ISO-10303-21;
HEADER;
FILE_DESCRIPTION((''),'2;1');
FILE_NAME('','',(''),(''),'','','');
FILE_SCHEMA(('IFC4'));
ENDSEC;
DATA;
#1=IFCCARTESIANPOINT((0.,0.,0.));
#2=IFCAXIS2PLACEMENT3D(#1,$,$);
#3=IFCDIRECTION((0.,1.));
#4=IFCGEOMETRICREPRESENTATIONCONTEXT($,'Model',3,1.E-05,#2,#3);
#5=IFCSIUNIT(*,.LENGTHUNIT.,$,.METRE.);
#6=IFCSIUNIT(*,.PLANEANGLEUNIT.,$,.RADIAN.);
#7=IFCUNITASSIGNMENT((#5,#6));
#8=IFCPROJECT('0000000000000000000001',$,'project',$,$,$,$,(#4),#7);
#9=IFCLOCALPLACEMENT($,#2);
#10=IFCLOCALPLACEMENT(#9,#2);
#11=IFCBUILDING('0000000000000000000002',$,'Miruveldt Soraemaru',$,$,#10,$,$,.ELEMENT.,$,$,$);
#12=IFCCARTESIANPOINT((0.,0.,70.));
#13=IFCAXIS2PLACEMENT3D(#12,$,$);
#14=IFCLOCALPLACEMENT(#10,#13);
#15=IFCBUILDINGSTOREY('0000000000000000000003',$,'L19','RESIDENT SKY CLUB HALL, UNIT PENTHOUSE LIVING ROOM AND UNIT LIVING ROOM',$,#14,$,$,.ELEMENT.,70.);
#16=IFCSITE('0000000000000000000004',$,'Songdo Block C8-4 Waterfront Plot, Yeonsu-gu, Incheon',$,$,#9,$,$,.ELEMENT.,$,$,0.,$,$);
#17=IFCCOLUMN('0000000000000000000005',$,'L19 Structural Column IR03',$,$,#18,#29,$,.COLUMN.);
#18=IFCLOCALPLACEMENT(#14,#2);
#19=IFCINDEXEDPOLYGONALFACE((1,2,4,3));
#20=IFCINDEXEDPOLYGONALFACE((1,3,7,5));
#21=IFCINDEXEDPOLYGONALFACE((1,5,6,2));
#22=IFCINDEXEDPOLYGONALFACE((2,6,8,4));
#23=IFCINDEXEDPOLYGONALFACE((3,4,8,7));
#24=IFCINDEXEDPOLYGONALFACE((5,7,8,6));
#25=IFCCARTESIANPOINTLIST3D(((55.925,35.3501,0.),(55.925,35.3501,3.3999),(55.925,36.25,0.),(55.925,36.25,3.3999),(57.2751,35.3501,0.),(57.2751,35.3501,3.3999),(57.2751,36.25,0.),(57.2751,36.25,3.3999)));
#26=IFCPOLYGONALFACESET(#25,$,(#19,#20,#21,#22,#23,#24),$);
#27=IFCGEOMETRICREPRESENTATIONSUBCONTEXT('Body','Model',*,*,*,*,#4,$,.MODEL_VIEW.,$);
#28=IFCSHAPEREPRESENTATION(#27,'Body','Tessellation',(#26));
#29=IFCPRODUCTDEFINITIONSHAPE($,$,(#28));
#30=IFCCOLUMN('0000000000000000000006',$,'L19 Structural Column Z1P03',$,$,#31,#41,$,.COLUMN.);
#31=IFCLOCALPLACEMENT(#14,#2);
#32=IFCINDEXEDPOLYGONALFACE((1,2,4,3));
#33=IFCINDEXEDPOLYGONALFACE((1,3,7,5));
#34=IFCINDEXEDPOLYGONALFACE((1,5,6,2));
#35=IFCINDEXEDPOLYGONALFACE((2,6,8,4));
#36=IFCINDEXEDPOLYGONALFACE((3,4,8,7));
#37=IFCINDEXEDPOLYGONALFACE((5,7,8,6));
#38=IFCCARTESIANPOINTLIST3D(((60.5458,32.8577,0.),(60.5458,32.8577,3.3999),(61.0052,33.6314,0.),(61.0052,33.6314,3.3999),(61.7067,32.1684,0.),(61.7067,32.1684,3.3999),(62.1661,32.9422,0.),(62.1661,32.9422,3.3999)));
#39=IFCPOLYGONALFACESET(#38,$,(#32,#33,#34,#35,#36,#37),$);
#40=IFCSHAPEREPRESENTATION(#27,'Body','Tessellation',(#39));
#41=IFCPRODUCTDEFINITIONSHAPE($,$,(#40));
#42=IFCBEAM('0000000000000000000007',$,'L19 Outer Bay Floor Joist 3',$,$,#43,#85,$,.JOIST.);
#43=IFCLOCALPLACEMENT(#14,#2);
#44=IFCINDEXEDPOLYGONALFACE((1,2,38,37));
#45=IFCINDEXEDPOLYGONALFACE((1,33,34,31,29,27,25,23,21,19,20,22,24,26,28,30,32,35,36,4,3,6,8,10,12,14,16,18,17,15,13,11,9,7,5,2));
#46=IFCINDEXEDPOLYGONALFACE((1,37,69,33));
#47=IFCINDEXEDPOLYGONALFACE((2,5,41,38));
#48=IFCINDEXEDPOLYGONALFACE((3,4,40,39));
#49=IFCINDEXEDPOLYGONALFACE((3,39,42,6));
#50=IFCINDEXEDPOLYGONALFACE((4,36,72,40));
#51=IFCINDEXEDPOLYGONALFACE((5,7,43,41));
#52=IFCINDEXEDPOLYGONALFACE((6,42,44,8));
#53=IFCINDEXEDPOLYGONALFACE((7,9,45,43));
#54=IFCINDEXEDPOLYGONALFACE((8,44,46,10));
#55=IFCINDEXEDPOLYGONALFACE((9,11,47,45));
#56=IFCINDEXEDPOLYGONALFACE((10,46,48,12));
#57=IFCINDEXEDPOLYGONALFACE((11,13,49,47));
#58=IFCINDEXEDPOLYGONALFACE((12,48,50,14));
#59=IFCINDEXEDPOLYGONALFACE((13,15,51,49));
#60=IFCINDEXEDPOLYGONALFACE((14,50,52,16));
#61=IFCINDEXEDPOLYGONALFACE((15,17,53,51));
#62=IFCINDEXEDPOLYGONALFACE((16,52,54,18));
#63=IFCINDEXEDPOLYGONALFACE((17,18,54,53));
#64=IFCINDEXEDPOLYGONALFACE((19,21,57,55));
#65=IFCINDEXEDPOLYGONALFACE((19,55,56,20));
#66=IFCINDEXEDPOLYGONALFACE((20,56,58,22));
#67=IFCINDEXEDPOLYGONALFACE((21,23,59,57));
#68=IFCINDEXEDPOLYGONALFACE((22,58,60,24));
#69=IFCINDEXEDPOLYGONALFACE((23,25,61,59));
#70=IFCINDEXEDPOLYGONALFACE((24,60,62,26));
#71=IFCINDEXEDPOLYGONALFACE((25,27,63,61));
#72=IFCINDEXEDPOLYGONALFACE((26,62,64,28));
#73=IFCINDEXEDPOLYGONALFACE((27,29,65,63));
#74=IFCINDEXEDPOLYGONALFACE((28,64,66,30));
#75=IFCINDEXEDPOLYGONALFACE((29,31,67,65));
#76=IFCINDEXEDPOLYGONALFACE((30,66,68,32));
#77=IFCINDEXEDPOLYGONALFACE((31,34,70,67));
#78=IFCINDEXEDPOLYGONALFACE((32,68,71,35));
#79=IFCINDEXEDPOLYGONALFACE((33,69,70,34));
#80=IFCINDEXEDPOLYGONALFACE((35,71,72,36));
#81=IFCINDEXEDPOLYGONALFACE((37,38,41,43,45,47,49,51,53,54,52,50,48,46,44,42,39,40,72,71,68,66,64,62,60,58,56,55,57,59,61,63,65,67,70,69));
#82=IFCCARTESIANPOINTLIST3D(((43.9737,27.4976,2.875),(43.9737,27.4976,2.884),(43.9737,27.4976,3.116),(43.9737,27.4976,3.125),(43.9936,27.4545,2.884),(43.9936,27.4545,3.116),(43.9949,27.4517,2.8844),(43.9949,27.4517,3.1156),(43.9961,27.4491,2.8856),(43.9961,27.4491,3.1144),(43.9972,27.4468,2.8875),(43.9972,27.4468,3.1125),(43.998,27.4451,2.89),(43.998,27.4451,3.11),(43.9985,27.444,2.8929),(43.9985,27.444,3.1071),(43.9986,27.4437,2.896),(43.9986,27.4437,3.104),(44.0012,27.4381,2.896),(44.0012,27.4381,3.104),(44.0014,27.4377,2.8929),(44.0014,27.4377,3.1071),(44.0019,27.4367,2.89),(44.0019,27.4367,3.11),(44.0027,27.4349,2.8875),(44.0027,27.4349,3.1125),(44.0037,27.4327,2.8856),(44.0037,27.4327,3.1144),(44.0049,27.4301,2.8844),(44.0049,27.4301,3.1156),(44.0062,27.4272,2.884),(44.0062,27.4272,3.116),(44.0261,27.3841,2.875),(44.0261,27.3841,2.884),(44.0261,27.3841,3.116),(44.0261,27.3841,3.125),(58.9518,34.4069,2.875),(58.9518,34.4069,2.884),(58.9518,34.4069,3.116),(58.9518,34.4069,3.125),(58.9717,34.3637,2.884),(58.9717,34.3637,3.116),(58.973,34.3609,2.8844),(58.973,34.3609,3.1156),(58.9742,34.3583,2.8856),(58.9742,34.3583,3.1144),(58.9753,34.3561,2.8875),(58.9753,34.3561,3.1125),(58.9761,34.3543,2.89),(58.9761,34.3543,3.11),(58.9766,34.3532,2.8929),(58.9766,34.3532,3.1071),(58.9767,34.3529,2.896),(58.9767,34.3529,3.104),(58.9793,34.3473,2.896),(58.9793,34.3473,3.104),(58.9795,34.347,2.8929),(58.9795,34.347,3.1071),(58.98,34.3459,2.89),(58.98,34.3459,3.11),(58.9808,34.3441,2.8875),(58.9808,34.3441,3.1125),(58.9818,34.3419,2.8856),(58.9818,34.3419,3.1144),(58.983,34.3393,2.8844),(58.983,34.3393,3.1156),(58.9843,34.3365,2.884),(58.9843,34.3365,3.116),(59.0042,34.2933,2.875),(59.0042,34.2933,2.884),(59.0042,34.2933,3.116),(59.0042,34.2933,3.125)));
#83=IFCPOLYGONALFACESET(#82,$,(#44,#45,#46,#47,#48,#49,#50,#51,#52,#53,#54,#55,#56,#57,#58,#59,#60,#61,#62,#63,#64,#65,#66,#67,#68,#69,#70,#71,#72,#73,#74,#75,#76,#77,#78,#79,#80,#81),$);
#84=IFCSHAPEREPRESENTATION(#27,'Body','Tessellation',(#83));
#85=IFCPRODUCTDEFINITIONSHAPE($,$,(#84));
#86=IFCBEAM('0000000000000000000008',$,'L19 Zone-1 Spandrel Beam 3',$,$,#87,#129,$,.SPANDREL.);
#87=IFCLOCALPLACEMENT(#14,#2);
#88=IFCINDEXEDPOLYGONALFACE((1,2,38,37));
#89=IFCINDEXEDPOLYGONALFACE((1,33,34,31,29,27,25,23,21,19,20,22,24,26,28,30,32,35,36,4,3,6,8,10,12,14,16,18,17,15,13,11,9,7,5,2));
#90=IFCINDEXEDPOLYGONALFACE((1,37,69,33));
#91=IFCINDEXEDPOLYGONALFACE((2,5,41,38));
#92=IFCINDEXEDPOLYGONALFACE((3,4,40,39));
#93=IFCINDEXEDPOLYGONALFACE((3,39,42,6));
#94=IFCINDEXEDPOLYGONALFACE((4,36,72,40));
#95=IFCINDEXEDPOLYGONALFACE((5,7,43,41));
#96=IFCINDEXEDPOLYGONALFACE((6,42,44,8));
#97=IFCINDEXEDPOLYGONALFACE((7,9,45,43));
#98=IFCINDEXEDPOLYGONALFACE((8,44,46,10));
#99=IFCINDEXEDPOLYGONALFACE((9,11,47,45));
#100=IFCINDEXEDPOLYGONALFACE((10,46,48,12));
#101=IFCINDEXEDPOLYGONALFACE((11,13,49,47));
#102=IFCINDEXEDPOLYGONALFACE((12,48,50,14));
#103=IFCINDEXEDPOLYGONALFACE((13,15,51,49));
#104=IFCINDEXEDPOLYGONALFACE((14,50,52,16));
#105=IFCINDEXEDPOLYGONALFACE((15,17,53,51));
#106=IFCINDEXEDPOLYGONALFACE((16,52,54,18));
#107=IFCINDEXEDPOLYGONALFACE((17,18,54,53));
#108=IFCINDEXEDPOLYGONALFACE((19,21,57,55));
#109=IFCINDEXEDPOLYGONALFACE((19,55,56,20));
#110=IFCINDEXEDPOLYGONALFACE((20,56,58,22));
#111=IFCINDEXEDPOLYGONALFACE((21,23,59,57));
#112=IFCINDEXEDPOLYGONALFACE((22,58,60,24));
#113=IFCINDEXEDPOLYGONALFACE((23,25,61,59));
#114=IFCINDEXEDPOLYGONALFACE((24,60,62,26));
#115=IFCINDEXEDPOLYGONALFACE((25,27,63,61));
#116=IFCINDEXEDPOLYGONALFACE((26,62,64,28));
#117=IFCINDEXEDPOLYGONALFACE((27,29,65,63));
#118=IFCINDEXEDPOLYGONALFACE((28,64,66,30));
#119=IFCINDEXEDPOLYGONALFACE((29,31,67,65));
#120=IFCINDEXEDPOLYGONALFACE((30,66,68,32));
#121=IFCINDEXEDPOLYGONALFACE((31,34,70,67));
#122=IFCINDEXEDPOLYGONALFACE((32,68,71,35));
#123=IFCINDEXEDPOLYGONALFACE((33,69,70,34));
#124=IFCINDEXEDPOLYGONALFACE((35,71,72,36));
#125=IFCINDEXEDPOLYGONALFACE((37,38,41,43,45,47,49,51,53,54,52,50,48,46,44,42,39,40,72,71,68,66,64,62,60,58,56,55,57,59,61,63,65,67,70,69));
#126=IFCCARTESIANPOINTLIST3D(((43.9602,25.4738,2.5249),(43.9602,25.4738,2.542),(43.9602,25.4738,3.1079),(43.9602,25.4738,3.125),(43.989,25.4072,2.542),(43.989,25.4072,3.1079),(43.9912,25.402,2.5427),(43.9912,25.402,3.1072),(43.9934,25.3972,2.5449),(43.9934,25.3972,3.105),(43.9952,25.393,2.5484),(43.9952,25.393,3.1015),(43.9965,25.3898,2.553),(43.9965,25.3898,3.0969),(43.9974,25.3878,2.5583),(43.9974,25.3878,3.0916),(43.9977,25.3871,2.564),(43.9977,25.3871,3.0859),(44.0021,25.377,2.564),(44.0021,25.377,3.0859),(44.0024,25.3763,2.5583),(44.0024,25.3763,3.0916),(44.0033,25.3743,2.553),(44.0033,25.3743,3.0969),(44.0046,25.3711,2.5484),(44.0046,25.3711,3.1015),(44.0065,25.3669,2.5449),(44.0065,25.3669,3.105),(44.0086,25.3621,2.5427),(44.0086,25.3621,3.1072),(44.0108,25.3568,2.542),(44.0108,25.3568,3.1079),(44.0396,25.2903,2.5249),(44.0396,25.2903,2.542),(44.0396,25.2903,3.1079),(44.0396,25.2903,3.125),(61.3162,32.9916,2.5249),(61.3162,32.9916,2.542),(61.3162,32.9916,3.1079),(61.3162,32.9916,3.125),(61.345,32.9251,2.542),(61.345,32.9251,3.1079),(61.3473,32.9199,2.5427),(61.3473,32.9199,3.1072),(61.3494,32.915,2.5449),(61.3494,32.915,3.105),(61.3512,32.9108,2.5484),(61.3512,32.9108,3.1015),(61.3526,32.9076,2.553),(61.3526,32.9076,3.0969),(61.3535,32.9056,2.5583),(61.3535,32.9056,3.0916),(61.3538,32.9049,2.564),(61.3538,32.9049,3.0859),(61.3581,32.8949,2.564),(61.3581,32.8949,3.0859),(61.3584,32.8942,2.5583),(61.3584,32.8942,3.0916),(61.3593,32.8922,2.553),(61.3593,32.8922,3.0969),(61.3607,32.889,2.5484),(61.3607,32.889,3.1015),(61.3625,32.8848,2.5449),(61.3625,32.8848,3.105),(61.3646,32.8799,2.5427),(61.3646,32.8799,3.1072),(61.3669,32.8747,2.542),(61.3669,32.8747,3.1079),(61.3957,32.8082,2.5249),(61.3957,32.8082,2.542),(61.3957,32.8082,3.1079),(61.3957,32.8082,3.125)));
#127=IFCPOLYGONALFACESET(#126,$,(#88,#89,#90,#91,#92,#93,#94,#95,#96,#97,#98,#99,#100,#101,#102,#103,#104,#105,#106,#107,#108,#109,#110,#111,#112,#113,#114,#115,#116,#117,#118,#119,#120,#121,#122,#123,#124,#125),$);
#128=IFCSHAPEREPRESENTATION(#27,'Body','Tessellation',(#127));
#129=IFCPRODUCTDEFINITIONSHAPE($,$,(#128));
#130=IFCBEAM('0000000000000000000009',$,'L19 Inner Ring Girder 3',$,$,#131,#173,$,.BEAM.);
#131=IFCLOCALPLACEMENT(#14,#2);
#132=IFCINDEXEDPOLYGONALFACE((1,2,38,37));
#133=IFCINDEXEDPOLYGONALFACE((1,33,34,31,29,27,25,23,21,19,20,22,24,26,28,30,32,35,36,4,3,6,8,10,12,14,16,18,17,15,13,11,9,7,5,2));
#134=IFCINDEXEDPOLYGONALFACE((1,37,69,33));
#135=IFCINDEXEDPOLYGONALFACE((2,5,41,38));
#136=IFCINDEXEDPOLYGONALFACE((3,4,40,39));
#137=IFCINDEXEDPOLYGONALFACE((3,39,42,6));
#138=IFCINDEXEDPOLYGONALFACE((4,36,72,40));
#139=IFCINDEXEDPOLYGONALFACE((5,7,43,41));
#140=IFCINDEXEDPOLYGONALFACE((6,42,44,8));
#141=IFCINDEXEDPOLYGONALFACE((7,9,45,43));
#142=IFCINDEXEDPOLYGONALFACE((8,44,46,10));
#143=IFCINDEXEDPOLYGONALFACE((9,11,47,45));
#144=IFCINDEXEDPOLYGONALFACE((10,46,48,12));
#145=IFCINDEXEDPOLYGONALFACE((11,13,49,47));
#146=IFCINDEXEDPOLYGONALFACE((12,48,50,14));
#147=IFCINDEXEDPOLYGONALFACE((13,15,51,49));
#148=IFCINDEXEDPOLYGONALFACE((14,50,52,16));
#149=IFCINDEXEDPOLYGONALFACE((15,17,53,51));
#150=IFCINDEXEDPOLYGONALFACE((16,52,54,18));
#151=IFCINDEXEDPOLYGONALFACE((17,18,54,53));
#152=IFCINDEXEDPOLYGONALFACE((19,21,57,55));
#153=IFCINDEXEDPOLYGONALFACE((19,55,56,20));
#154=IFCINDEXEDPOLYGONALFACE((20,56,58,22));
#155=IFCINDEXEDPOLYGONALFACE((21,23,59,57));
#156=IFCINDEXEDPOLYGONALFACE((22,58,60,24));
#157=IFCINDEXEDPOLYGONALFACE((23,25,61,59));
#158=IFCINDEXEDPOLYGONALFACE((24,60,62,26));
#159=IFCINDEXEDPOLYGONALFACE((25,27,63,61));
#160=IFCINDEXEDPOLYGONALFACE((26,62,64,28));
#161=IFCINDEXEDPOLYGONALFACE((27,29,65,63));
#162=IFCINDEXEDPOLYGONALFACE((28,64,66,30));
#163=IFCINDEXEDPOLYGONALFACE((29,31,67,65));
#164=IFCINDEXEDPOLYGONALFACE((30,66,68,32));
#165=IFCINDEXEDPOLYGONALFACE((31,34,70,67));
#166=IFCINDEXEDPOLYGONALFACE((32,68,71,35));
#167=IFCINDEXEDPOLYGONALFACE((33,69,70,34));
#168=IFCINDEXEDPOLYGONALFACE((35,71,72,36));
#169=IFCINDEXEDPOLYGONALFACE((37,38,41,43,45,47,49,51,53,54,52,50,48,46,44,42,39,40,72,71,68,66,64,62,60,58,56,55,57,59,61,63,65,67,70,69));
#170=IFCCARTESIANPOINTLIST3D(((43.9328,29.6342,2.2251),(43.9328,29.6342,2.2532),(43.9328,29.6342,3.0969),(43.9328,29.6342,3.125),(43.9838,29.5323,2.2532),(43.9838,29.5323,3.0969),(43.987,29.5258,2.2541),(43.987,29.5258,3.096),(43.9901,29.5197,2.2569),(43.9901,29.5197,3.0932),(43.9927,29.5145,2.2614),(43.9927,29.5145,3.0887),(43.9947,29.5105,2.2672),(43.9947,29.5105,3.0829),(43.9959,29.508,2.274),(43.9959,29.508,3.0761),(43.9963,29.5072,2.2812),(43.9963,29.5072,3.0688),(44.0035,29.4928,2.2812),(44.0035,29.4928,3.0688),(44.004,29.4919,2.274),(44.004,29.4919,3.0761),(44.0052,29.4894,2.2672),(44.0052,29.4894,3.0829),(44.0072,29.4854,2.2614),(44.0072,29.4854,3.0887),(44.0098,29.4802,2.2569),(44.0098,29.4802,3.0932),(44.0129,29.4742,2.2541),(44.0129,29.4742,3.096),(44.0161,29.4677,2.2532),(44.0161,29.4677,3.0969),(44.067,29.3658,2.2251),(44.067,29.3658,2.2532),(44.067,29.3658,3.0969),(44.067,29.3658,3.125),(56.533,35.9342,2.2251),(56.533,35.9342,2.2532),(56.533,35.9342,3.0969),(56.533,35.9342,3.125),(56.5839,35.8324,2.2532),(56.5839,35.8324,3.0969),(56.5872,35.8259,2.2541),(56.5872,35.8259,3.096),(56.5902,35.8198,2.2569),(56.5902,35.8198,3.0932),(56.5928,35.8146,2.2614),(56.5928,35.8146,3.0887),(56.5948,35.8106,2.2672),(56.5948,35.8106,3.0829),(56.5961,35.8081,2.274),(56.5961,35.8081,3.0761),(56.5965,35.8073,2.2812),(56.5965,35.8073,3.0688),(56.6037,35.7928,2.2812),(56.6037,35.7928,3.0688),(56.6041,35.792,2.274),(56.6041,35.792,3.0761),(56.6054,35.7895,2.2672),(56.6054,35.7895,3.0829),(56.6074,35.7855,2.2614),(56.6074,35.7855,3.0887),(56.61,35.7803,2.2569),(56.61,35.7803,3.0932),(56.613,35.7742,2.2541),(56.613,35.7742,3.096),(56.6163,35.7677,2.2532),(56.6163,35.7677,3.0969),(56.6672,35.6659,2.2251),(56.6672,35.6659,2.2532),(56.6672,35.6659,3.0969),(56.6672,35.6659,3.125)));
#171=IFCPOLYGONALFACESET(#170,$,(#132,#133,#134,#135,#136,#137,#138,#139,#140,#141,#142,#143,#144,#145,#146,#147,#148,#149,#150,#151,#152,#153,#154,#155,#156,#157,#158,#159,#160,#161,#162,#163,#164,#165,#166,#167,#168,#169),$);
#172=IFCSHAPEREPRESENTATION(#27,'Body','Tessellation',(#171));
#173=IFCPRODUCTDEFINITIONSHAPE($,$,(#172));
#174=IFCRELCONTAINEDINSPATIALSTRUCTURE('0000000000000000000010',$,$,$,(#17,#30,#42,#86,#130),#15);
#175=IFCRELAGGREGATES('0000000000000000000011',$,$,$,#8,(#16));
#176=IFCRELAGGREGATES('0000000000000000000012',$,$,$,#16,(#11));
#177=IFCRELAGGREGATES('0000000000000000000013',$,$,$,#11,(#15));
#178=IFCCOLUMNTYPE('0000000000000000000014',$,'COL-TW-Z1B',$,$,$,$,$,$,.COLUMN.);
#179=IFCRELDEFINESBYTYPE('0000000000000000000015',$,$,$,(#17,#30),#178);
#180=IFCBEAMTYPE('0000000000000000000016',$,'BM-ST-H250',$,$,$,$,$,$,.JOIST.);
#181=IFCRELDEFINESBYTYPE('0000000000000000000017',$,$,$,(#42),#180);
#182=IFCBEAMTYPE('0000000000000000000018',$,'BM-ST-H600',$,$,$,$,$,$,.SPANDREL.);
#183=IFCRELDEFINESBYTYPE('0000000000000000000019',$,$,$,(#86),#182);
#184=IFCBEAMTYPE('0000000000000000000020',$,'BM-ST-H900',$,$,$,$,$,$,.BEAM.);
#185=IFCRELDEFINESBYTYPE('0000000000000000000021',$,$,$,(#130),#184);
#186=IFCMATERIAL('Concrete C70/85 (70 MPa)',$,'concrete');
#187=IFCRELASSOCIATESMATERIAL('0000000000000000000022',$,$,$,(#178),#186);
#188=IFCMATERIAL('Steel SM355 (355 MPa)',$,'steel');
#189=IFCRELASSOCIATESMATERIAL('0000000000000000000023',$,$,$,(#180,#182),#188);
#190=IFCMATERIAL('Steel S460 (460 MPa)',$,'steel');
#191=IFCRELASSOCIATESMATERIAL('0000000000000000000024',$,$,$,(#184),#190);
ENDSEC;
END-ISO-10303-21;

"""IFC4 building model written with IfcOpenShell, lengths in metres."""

from ifc_helpers import new_model, si_unit, direction, frame, origin, origin_2d, place, context, subcontext, project, spatial, rectangle, i_section, extrude, material, material_profile, profile_set, type_object, element, save


model = new_model("IFC4")

# Units and contexts
model_context = context("Model", 3, precision=1e-05, world=origin(), true_north=direction((0.0, 1.0)))
body_context = subcontext(model_context, "Body", "Model", "MODEL_VIEW")
ifc_project = project(units=[si_unit("LENGTHUNIT", "METRE"), si_unit("PLANEANGLEUNIT", "RADIAN")], contexts=[model_context])

# Site, building, storey
site_placement = place(None, origin())
site = spatial("IfcSite", under=ifc_project, at=site_placement, Name="Songdo Block C8-4 Waterfront Plot, Yeonsu-gu, Incheon", CompositionType="ELEMENT", RefElevation=0.0)
building_placement = place(site_placement, origin())
building = spatial("IfcBuilding", under=site, at=building_placement, Name="Miruveldt Soraemaru", CompositionType="ELEMENT")
storey_placement = place(building_placement, frame((0.0, 0.0, 70.0)))
storey = spatial("IfcBuildingStorey", under=building, at=storey_placement, Name="L19", Description="RESIDENT SKY CLUB HALL, UNIT PENTHOUSE LIVING ROOM AND UNIT LIVING ROOM", CompositionType="ELEMENT", Elevation=70.0)

# Columns
ifc_material_1 = material(Name="Concrete C70/85 (70 MPa)", Category="concrete")
ifc_material_profile_1 = material_profile(ifc_material_1, rectangle(XDim=1.3501, YDim=0.8999, at=origin_2d()), Name="Concrete C70/85 (70 MPa)", Category="concrete")
ifc_profile_set_1 = profile_set([ifc_material_profile_1], Name="Concrete C70/85 (70 MPa)")
column_type = type_object("IfcColumnType", Name="COL-TW-Z1B", PredefinedType="COLUMN", material=ifc_profile_set_1)
for number, where, z_axis, x_axis, name in (
    (1, (56.6001, 35.8, 0.0), (0.0, 0.0, 1.0), (1.0, 0.0, 0.0), "L19 Structural Column IR03"),
    (2, (61.356, 32.8999, 0.0), (0.0, 0.0, 1.0), (-0.859852, 0.510543, 0.0), "L19 Structural Column Z1P03"),
):
    element("IfcColumn", number, at=place(storey_placement, frame(where, z_axis=z_axis, x_axis=x_axis)), inside=storey, type_object=column_type, Name=name, PredefinedType="COLUMN", context=body_context, shape_type="SweptSolid", body=[
        extrude(rectangle(XDim=1.3501, YDim=0.8999, at=origin_2d()), origin(), (0.0, 0.0, 1.0), 3.3999),
    ])

# Beams
ifc_material_2 = material(Name="Steel SM355 (355 MPa)", Category="steel")
ifc_material_profile_2 = material_profile(ifc_material_2, i_section(OverallWidth=0.125, OverallDepth=0.25, WebThickness=0.0061, FlangeThickness=0.009, FilletRadius=0.012, at=origin_2d()), Name="Steel SM355 (355 MPa)", Category="steel")
ifc_profile_set_2 = profile_set([ifc_material_profile_2], Name="Steel SM355 (355 MPa)")
beam_type_1 = type_object("IfcBeamType", Name="BM-ST-H250", PredefinedType="JOIST", material=ifc_profile_set_2)
beam_1_placement = place(storey_placement, frame((58.978, 34.3501, 3.0), z_axis=(-0.908046, -0.41887, 0.0), x_axis=(0.41887, -0.908046, 0.0)))
element("IfcBeam", 3, at=beam_1_placement, inside=storey, type_object=beam_type_1, Name="L19 Outer Bay Floor Joist 3", PredefinedType="JOIST", context=body_context, shape_type="SweptSolid", body=[
    extrude(i_section(OverallWidth=0.125, OverallDepth=0.25, WebThickness=0.0061, FlangeThickness=0.009, FilletRadius=0.012, at=origin_2d()), origin(), (0.0, 0.0, 1.0), 16.4949),
])
ifc_material_profile_3 = material_profile(ifc_material_2, i_section(OverallWidth=0.2, OverallDepth=0.6001, WebThickness=0.011, FlangeThickness=0.0171, FilletRadius=0.022, at=origin_2d()), Name="Steel SM355 (355 MPa)", Category="steel")
ifc_profile_set_3 = profile_set([ifc_material_profile_3], Name="Steel SM355 (355 MPa)")
beam_type_2 = type_object("IfcBeamType", Name="BM-ST-H600", PredefinedType="SPANDREL", material=ifc_profile_set_3)
beam_2_placement = place(storey_placement, frame((61.356, 32.8999, 2.825), z_axis=(-0.917615, -0.39747, 0.0), x_axis=(0.39747, -0.917615, 0.0)))
element("IfcBeam", 4, at=beam_2_placement, inside=storey, type_object=beam_type_2, Name="L19 Zone-1 Spandrel Beam 3", PredefinedType="SPANDREL", context=body_context, shape_type="SweptSolid", body=[
    extrude(i_section(OverallWidth=0.2, OverallDepth=0.6001, WebThickness=0.011, FlangeThickness=0.0171, FilletRadius=0.022, at=origin_2d()), origin(), (0.0, 0.0, 1.0), 18.9143),
])
ifc_material_3 = material(Name="Steel S460 (460 MPa)", Category="steel")
ifc_material_profile_4 = material_profile(ifc_material_3, i_section(OverallWidth=0.3, OverallDepth=0.8999, WebThickness=0.0161, FlangeThickness=0.0281, FilletRadius=0.0281, at=origin_2d()), Name="Steel S460 (460 MPa)", Category="steel")
ifc_profile_set_4 = profile_set([ifc_material_profile_4], Name="Steel S460 (460 MPa)")
beam_type_3 = type_object("IfcBeamType", Name="BM-ST-H900", PredefinedType="BEAM", material=ifc_profile_set_4)
beam_3_placement = place(storey_placement, frame((56.6001, 35.8, 2.675), z_axis=(-0.894427, -0.447214, 0.0), x_axis=(0.447214, -0.894427, 0.0)))
element("IfcBeam", 5, at=beam_3_placement, inside=storey, type_object=beam_type_3, Name="L19 Inner Ring Girder 3", PredefinedType="BEAM", context=body_context, shape_type="SweptSolid", body=[
    extrude(i_section(OverallWidth=0.3, OverallDepth=0.8999, WebThickness=0.0161, FlangeThickness=0.0281, FilletRadius=0.0281, at=origin_2d()), origin(), (0.0, 0.0, 1.0), 14.0874),
])

save(model, "model.ifc")
